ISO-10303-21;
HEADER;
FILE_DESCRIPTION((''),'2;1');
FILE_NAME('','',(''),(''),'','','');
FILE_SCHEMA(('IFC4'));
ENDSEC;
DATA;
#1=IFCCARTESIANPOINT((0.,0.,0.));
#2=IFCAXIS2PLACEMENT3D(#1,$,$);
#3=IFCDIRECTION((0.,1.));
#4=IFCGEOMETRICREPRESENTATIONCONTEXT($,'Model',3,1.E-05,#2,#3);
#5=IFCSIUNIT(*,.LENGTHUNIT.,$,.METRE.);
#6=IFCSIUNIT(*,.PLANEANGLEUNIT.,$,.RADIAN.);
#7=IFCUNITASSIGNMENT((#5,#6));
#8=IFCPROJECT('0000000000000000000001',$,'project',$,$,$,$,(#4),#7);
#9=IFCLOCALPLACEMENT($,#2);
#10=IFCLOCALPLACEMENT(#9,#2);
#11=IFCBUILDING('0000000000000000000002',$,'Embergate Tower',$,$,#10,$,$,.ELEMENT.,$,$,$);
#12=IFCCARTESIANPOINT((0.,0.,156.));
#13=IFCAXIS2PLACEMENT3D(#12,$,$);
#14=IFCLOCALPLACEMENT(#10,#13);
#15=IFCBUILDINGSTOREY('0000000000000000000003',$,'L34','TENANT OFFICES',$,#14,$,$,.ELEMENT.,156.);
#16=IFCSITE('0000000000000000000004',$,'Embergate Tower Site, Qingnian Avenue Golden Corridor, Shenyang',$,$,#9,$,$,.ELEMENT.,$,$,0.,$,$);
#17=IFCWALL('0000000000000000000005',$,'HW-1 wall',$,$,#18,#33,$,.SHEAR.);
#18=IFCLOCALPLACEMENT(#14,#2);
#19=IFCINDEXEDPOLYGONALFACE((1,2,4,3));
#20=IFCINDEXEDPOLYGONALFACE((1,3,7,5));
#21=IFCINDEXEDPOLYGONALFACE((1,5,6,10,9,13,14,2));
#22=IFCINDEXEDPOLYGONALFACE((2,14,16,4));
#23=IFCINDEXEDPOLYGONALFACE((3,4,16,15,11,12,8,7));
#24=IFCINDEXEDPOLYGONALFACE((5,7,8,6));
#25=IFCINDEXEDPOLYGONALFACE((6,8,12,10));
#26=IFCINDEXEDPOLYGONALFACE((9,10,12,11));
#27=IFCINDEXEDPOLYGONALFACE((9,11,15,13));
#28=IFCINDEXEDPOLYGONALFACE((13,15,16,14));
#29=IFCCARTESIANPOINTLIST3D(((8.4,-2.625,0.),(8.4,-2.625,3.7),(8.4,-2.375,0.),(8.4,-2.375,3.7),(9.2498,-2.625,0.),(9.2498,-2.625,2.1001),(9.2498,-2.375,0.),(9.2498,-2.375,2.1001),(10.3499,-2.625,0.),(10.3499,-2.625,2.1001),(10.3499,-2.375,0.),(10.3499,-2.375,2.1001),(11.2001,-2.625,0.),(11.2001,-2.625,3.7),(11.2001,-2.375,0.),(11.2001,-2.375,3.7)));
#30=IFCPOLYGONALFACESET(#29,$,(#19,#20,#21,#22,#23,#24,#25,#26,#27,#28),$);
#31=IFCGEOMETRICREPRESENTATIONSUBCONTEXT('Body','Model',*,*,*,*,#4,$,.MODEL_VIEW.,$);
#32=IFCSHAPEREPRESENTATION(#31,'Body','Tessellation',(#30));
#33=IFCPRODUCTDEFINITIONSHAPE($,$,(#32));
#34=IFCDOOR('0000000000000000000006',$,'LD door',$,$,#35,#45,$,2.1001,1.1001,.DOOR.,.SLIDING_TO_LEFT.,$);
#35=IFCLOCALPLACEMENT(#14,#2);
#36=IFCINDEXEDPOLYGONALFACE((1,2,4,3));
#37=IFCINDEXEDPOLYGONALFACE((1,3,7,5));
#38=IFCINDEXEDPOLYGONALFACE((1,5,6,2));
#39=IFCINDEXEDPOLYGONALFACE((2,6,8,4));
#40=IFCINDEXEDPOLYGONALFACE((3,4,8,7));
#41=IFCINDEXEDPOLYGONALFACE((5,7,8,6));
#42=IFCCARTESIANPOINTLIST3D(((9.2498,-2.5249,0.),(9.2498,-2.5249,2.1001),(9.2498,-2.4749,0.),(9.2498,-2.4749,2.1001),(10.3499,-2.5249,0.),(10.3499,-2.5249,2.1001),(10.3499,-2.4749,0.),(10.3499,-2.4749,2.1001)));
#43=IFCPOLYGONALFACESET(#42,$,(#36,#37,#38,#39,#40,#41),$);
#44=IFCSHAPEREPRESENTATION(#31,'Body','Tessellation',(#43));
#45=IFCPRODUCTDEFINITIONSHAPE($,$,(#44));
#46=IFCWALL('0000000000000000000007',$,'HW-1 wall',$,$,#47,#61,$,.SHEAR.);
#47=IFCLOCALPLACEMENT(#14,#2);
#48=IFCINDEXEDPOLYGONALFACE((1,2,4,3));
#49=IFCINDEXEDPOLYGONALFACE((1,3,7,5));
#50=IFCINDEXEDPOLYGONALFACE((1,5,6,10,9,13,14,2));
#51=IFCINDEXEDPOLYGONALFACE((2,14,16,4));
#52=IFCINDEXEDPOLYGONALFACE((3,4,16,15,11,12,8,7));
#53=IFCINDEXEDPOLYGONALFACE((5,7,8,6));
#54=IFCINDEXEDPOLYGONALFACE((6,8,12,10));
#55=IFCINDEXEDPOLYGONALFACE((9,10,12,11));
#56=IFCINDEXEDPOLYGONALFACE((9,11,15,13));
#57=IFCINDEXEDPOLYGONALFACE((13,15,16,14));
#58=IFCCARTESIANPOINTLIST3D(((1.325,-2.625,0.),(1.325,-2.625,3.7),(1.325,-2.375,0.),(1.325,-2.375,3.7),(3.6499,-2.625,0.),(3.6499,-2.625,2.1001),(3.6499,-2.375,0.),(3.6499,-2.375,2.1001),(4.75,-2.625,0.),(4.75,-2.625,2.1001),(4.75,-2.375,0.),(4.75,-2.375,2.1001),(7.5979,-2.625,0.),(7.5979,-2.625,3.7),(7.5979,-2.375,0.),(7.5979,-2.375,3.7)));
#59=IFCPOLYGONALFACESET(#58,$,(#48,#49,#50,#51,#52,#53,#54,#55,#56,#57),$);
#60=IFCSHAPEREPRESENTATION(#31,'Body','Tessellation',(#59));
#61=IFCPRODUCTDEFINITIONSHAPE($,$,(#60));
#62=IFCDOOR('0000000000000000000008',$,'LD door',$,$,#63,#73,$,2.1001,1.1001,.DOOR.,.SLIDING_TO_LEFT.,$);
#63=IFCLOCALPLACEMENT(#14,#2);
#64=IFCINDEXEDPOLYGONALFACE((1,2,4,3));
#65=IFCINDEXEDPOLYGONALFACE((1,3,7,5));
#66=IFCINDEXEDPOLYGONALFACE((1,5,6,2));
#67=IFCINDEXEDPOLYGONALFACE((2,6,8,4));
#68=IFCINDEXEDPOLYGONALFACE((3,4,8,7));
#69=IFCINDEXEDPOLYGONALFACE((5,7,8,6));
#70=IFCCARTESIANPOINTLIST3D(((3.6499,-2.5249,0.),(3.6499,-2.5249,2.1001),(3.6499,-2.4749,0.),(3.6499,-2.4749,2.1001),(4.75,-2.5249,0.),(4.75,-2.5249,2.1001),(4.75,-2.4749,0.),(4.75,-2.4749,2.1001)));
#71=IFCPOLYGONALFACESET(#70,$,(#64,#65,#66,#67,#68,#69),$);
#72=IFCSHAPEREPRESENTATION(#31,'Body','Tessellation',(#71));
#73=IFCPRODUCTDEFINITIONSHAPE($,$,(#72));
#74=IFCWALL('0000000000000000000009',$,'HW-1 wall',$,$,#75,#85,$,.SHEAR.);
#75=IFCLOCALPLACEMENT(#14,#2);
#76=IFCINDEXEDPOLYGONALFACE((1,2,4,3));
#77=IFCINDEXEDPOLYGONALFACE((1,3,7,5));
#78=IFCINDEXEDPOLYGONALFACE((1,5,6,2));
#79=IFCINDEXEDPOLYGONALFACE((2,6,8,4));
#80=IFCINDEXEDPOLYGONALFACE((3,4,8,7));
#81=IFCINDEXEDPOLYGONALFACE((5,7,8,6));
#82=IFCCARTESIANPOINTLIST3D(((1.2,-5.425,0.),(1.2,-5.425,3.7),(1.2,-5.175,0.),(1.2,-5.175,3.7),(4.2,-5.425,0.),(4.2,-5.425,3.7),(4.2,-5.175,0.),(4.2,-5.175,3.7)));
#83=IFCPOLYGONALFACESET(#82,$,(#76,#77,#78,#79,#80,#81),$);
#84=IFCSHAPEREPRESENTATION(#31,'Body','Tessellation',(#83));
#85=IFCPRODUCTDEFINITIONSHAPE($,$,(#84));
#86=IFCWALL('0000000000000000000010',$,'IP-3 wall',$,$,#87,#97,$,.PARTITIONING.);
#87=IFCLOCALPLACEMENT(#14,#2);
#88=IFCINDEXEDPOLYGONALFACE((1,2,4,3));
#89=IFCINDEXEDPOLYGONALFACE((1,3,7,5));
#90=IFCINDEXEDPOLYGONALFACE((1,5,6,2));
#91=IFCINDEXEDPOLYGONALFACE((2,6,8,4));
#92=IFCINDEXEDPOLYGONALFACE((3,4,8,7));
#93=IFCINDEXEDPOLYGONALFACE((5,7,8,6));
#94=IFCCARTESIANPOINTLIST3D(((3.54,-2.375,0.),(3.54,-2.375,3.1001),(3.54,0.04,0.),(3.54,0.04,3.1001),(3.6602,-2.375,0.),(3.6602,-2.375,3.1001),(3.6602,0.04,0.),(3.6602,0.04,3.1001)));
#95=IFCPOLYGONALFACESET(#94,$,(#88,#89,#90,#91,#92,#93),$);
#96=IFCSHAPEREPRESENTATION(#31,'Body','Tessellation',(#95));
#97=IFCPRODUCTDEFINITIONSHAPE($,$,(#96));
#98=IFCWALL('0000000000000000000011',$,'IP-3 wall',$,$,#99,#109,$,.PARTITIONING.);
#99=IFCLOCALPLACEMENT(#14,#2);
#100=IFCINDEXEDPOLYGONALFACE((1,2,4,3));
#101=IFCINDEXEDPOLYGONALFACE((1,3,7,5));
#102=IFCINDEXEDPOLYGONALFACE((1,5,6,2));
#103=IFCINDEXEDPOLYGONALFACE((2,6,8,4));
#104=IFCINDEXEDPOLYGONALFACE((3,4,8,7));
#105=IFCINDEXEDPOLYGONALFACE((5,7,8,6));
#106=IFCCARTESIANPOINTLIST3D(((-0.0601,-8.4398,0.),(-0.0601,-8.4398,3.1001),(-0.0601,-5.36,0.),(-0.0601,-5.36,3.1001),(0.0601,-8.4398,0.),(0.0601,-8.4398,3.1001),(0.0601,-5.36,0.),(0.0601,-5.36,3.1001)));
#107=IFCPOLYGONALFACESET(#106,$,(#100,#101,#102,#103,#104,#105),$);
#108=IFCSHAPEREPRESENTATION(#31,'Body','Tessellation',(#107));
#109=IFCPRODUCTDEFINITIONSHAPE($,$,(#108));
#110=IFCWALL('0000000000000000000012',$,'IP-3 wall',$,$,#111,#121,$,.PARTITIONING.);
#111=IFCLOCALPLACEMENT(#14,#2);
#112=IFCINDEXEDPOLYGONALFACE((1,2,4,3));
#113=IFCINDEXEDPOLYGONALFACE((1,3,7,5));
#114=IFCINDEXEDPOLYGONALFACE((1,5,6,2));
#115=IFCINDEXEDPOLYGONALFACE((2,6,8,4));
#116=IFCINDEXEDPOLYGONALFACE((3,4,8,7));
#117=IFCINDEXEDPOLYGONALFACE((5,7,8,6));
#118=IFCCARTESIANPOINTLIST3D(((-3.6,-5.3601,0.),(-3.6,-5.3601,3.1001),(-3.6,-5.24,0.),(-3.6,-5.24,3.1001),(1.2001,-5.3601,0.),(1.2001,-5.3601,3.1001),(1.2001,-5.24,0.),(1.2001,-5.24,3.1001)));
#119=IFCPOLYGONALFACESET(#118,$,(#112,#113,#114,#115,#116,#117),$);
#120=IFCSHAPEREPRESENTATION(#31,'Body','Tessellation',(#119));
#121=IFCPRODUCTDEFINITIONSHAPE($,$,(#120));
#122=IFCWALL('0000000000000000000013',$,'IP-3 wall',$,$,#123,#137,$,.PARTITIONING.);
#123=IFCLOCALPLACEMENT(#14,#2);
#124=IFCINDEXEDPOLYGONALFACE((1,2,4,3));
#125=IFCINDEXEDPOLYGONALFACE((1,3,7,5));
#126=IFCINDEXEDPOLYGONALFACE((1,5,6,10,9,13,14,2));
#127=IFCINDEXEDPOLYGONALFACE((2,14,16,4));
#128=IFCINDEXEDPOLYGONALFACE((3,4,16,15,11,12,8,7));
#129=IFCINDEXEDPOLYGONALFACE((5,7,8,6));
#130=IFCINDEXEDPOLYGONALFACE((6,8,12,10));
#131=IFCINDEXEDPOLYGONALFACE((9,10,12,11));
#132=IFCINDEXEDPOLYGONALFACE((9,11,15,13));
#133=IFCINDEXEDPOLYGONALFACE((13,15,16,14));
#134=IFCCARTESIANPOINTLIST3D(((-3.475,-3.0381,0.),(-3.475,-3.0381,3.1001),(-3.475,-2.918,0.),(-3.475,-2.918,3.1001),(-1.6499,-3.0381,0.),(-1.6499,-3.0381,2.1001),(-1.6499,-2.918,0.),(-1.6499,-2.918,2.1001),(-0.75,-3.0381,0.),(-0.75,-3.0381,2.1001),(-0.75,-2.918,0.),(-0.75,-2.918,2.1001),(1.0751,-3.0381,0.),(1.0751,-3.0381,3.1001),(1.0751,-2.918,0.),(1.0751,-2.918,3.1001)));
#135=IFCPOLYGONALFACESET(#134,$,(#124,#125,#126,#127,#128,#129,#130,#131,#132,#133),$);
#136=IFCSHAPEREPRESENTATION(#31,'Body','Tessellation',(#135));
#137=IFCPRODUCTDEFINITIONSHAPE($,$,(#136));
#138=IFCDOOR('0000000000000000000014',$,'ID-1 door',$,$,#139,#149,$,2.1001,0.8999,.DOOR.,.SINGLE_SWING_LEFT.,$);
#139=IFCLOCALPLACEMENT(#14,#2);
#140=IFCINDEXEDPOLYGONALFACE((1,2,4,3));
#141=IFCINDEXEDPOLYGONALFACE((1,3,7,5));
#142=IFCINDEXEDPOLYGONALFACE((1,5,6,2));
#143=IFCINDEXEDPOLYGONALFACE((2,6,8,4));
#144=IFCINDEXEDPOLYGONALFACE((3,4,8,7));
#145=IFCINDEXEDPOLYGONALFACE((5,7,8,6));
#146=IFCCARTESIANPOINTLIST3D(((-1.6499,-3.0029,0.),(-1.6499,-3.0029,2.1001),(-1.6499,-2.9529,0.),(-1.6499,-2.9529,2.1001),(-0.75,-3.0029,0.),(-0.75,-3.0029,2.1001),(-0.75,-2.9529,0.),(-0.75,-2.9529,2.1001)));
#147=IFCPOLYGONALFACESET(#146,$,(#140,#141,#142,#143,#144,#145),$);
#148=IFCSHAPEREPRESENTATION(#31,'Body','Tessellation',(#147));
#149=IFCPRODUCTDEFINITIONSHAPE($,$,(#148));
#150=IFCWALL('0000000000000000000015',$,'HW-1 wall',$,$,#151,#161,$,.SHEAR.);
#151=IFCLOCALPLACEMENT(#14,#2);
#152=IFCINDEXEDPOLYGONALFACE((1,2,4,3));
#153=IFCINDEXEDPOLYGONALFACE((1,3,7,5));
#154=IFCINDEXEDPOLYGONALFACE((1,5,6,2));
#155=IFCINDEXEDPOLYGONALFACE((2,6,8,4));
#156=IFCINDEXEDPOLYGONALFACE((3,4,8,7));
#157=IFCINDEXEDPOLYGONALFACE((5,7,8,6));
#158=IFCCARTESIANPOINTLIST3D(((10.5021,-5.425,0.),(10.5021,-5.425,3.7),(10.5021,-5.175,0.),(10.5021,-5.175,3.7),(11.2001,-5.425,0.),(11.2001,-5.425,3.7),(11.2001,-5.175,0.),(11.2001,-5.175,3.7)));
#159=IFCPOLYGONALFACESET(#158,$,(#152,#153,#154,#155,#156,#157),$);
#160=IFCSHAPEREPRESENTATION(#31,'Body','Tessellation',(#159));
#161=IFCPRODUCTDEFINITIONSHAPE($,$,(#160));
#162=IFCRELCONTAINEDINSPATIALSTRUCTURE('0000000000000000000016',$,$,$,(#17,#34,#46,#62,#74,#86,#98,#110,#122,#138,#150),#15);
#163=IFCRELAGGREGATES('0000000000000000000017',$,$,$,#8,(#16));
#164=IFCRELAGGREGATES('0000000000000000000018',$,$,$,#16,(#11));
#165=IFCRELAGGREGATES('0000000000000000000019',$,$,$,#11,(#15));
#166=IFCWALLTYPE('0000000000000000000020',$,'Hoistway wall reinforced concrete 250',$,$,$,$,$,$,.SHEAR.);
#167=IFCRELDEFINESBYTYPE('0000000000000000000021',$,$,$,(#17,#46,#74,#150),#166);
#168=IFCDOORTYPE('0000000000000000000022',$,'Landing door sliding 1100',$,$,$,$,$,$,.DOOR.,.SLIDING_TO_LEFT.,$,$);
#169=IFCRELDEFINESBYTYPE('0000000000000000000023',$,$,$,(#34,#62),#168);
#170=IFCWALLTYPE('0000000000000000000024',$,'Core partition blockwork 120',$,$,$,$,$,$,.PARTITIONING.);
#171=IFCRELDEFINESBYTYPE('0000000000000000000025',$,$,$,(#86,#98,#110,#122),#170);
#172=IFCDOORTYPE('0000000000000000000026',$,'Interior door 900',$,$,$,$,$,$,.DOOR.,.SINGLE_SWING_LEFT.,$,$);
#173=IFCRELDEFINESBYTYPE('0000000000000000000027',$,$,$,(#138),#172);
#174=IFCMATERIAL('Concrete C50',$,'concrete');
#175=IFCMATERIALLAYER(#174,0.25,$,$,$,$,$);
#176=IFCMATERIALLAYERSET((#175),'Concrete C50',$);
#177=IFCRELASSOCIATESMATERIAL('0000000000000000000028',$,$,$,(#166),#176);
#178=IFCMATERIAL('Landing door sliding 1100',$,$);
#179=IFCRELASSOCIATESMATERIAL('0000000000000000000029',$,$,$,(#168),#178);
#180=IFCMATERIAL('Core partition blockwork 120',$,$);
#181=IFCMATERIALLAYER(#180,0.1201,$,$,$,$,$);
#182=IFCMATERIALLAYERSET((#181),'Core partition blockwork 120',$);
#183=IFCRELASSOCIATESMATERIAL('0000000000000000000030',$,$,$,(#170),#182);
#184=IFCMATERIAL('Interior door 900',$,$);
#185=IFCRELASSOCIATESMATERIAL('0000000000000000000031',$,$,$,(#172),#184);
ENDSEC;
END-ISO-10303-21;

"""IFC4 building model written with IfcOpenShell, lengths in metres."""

from ifc_helpers import new_model, si_unit, direction, frame, frame_2d, origin, place, context, subcontext, project, spatial, rectangle, extrude, source, transform, mapped, material, layer, layer_set, type_object, element, fill, save


model = new_model("IFC4")

# Units and contexts
model_context = context("Model", 3, precision=1e-05, world=origin(), true_north=direction((0.0, 1.0)))
body_context = subcontext(model_context, "Body", "Model", "MODEL_VIEW")
ifc_project = project(units=[si_unit("LENGTHUNIT", "METRE"), si_unit("PLANEANGLEUNIT", "RADIAN")], contexts=[model_context])

# Site, building, storey
site_placement = place(None, origin())
site = spatial("IfcSite", under=ifc_project, at=site_placement, Name="Embergate Tower Site, Qingnian Avenue Golden Corridor, Shenyang", CompositionType="ELEMENT", RefElevation=0.0)
building_placement = place(site_placement, origin())
building = spatial("IfcBuilding", under=site, at=building_placement, Name="Embergate Tower", CompositionType="ELEMENT")
storey_placement = place(building_placement, frame((0.0, 0.0, 156.0)))
storey = spatial("IfcBuildingStorey", under=building, at=storey_placement, Name="L34", Description="TENANT OFFICES", CompositionType="ELEMENT", Elevation=156.0)

# Shared definitions
ifc_material_1 = material(Name="Concrete C50", Category="concrete")
ifc_layer_1 = layer(ifc_material_1, 0.25)
ifc_layer_set_1 = layer_set([ifc_layer_1], Name="Concrete C50")
wall_type_1 = type_object("IfcWallType", Name="Hoistway wall reinforced concrete 250", PredefinedType="SHEAR", material=ifc_layer_set_1)

# Walls, openings, doors
shared_shape_1 = source(origin(), body_context, "Body", "SweptSolid", [
    extrude(rectangle(XDim=2.8, YDim=0.25, at=frame_2d((1.3999, 0.0))), origin(), (0.0, 0.0, 1.0), 3.7),
])
wall_1_placement = place(storey_placement, frame((11.2, -2.5, 0.0), z_axis=(0.0, 0.0, 1.0), x_axis=(-1.0, 0.0, 0.0)))
wall_1 = element("IfcWall", 1, at=wall_1_placement, inside=storey, type_object=wall_type_1, Name="HW-1 wall", PredefinedType="SHEAR", context=body_context, shape_type="MappedRepresentation", body=[
    mapped(shared_shape_1, transform((0.0, 0.0, 0.0))),
])
shared_shape_2 = source(origin(), body_context, "Body", "SweptSolid", [
    extrude(rectangle(XDim=1.1001, YDim=2.1001, at=frame_2d((0.55, 1.05))), frame((0.0, 0.135, 0.0), z_axis=(0.0, -1.0, 0.0), x_axis=(1.0, 0.0, 0.0)), (0.0, 0.0, 1.0), 0.27),
])
opening_1_placement = place(wall_1_placement, frame((0.8501, 0.0, 0.0)))
opening_1 = element("IfcOpeningElement", 2, at=opening_1_placement, cuts=wall_1, PredefinedType="OPENING", context=body_context, shape_type="MappedRepresentation", body=[
    mapped(shared_shape_2, transform((0.0, 0.0, 0.0))),
])
ifc_material_2 = material(Name="Landing door sliding 1100")
door_type_1 = type_object("IfcDoorType", Name="Landing door sliding 1100", OperationType="SLIDING_TO_LEFT", PredefinedType="DOOR", material=ifc_material_2)
shared_shape_3 = source(origin(), body_context, "Body", "SweptSolid", [
    extrude(rectangle(XDim=1.1001, YDim=2.1001, at=frame_2d((0.55, 1.05))), frame((0.0, 0.0249, 0.0), z_axis=(0.0, -1.0, 0.0), x_axis=(1.0, 0.0, 0.0)), (0.0, 0.0, 1.0), 0.05),
])
door_1_placement = place(opening_1_placement, origin())
door_1 = element("IfcDoor", 3, at=door_1_placement, inside=storey, type_object=door_type_1, Name="LD door", OperationType="SLIDING_TO_LEFT", OverallHeight=2.1001, OverallWidth=1.1001, PredefinedType="DOOR", context=body_context, shape_type="MappedRepresentation", body=[
    mapped(shared_shape_3, transform((0.0, 0.0, 0.0))),
])
fill(opening_1, door_1)
shared_shape_4 = source(origin(), body_context, "Body", "SweptSolid", [
    extrude(rectangle(XDim=6.2729, YDim=0.25, at=frame_2d((3.1365, 0.0))), origin(), (0.0, 0.0, 1.0), 3.7),
])
wall_2_placement = place(storey_placement, frame((7.5979, -2.5, 0.0), z_axis=(0.0, 0.0, 1.0), x_axis=(-1.0, 0.0, 0.0)))
wall_2 = element("IfcWall", 4, at=wall_2_placement, inside=storey, type_object=wall_type_1, Name="HW-1 wall", PredefinedType="SHEAR", context=body_context, shape_type="MappedRepresentation", body=[
    mapped(shared_shape_4, transform((0.0, 0.0, 0.0))),
])
opening_2_placement = place(wall_2_placement, frame((2.8479, 0.0, 0.0)))
opening_2 = element("IfcOpeningElement", 5, at=opening_2_placement, cuts=wall_2, PredefinedType="OPENING", context=body_context, shape_type="MappedRepresentation", body=[
    mapped(shared_shape_2, transform((0.0, 0.0, 0.0))),
])
door_2_placement = place(opening_2_placement, origin())
door_2 = element("IfcDoor", 6, at=door_2_placement, inside=storey, type_object=door_type_1, Name="LD door", OperationType="SLIDING_TO_LEFT", OverallHeight=2.1001, OverallWidth=1.1001, PredefinedType="DOOR", context=body_context, shape_type="MappedRepresentation", body=[
    mapped(shared_shape_3, transform((0.0, 0.0, 0.0))),
])
fill(opening_2, door_2)

# Walls
shared_shape_5 = source(origin(), body_context, "Body", "SweptSolid", [
    extrude(rectangle(XDim=3.0, YDim=0.25, at=frame_2d((1.5, 0.0))), origin(), (0.0, 0.0, 1.0), 3.7),
])
wall_3_placement = place(storey_placement, frame((1.2, -5.3, 0.0), z_axis=(0.0, 0.0, 1.0), x_axis=(1.0, 0.0, 0.0)))
element("IfcWall", 7, at=wall_3_placement, inside=storey, type_object=wall_type_1, Name="HW-1 wall", PredefinedType="SHEAR", context=body_context, shape_type="MappedRepresentation", body=[
    mapped(shared_shape_5, transform((0.0, 0.0, 0.0))),
])
ifc_material_3 = material(Name="Core partition blockwork 120")
ifc_layer_2 = layer(ifc_material_3, 0.1201)
ifc_layer_set_2 = layer_set([ifc_layer_2], Name="Core partition blockwork 120")
wall_type_2 = type_object("IfcWallType", Name="Core partition blockwork 120", PredefinedType="PARTITIONING", material=ifc_layer_set_2)
shared_shape_6 = source(origin(), body_context, "Body", "SweptSolid", [
    extrude(rectangle(XDim=2.415, YDim=0.1201, at=frame_2d((1.2075, 0.0))), origin(), (0.0, 0.0, 1.0), 3.1001),
])
wall_4_placement = place(storey_placement, frame((3.6001, -2.375, 0.0), z_axis=(0.0, 0.0, 1.0), x_axis=(0.0, 1.0, 0.0)))
element("IfcWall", 8, at=wall_4_placement, inside=storey, type_object=wall_type_2, Name="IP-3 wall", PredefinedType="PARTITIONING", context=body_context, shape_type="MappedRepresentation", body=[
    mapped(shared_shape_6, transform((0.0, 0.0, 0.0))),
])
shared_shape_7 = source(origin(), body_context, "Body", "SweptSolid", [
    extrude(rectangle(XDim=3.0798, YDim=0.1201, at=frame_2d((1.54, 0.0))), origin(), (0.0, 0.0, 1.0), 3.1001),
])
wall_5_placement = place(storey_placement, frame((0.0, -8.4399, 0.0), z_axis=(0.0, 0.0, 1.0), x_axis=(0.0, 1.0, 0.0)))
element("IfcWall", 9, at=wall_5_placement, inside=storey, type_object=wall_type_2, Name="IP-3 wall", PredefinedType="PARTITIONING", context=body_context, shape_type="MappedRepresentation", body=[
    mapped(shared_shape_7, transform((0.0, 0.0, 0.0))),
])
shared_shape_8 = source(origin(), body_context, "Body", "SweptSolid", [
    extrude(rectangle(XDim=4.8, YDim=0.1201, at=frame_2d((2.3999, 0.0))), origin(), (0.0, 0.0, 1.0), 3.1001),
])
wall_6_placement = place(storey_placement, frame((1.2, -5.3, 0.0), z_axis=(0.0, 0.0, 1.0), x_axis=(-1.0, 0.0, 0.0)))
element("IfcWall", 10, at=wall_6_placement, inside=storey, type_object=wall_type_2, Name="IP-3 wall", PredefinedType="PARTITIONING", context=body_context, shape_type="MappedRepresentation", body=[
    mapped(shared_shape_8, transform((0.0, 0.0, 0.0))),
])

# Wall, opening, door
shared_shape_9 = source(origin(), body_context, "Body", "SweptSolid", [
    extrude(rectangle(XDim=4.55, YDim=0.1201, at=frame_2d((2.2749, 0.0))), origin(), (0.0, 0.0, 1.0), 3.1001),
])
wall_7_placement = place(storey_placement, frame((1.075, -2.978, 0.0), z_axis=(0.0, 0.0, 1.0), x_axis=(-1.0, 0.0, 0.0)))
wall_7 = element("IfcWall", 11, at=wall_7_placement, inside=storey, type_object=wall_type_2, Name="IP-3 wall", PredefinedType="PARTITIONING", context=body_context, shape_type="MappedRepresentation", body=[
    mapped(shared_shape_9, transform((0.0, 0.0, 0.0))),
])
shared_shape_10 = source(origin(), body_context, "Body", "SweptSolid", [
    extrude(rectangle(XDim=0.8999, YDim=2.1001, at=frame_2d((0.45, 1.05))), frame((0.0, 0.0701, 0.0), z_axis=(0.0, -1.0, 0.0), x_axis=(1.0, 0.0, 0.0)), (0.0, 0.0, 1.0), 0.1401),
])
opening_3_placement = place(wall_7_placement, frame((1.825, 0.0, 0.0)))
opening_3 = element("IfcOpeningElement", 12, at=opening_3_placement, cuts=wall_7, PredefinedType="OPENING", context=body_context, shape_type="MappedRepresentation", body=[
    mapped(shared_shape_10, transform((0.0, 0.0, 0.0))),
])
ifc_material_4 = material(Name="Interior door 900")
door_type_2 = type_object("IfcDoorType", Name="Interior door 900", OperationType="SINGLE_SWING_LEFT", PredefinedType="DOOR", material=ifc_material_4)
shared_shape_11 = source(origin(), body_context, "Body", "SweptSolid", [
    extrude(rectangle(XDim=0.8999, YDim=2.1001, at=frame_2d((0.45, 1.05))), frame((0.0, 0.0249, 0.0), z_axis=(0.0, -1.0, 0.0), x_axis=(1.0, 0.0, 0.0)), (0.0, 0.0, 1.0), 0.05),
])
door_3_placement = place(opening_3_placement, origin())
door_3 = element("IfcDoor", 13, at=door_3_placement, inside=storey, type_object=door_type_2, Name="ID-1 door", OperationType="SINGLE_SWING_LEFT", OverallHeight=2.1001, OverallWidth=0.8999, PredefinedType="DOOR", context=body_context, shape_type="MappedRepresentation", body=[
    mapped(shared_shape_11, transform((0.0, 0.0, 0.0))),
])
fill(opening_3, door_3)

# Wall
shared_shape_12 = source(origin(), body_context, "Body", "SweptSolid", [
    extrude(rectangle(XDim=0.698, YDim=0.25, at=frame_2d((0.3491, 0.0))), origin(), (0.0, 0.0, 1.0), 3.7),
])
wall_8_placement = place(storey_placement, frame((10.502, -5.3, 0.0), z_axis=(0.0, 0.0, 1.0), x_axis=(1.0, 0.0, 0.0)))
element("IfcWall", 14, at=wall_8_placement, inside=storey, type_object=wall_type_1, Name="HW-1 wall", PredefinedType="SHEAR", context=body_context, shape_type="MappedRepresentation", body=[
    mapped(shared_shape_12, transform((0.0, 0.0, 0.0))),
])

save(model, "model.ifc")
